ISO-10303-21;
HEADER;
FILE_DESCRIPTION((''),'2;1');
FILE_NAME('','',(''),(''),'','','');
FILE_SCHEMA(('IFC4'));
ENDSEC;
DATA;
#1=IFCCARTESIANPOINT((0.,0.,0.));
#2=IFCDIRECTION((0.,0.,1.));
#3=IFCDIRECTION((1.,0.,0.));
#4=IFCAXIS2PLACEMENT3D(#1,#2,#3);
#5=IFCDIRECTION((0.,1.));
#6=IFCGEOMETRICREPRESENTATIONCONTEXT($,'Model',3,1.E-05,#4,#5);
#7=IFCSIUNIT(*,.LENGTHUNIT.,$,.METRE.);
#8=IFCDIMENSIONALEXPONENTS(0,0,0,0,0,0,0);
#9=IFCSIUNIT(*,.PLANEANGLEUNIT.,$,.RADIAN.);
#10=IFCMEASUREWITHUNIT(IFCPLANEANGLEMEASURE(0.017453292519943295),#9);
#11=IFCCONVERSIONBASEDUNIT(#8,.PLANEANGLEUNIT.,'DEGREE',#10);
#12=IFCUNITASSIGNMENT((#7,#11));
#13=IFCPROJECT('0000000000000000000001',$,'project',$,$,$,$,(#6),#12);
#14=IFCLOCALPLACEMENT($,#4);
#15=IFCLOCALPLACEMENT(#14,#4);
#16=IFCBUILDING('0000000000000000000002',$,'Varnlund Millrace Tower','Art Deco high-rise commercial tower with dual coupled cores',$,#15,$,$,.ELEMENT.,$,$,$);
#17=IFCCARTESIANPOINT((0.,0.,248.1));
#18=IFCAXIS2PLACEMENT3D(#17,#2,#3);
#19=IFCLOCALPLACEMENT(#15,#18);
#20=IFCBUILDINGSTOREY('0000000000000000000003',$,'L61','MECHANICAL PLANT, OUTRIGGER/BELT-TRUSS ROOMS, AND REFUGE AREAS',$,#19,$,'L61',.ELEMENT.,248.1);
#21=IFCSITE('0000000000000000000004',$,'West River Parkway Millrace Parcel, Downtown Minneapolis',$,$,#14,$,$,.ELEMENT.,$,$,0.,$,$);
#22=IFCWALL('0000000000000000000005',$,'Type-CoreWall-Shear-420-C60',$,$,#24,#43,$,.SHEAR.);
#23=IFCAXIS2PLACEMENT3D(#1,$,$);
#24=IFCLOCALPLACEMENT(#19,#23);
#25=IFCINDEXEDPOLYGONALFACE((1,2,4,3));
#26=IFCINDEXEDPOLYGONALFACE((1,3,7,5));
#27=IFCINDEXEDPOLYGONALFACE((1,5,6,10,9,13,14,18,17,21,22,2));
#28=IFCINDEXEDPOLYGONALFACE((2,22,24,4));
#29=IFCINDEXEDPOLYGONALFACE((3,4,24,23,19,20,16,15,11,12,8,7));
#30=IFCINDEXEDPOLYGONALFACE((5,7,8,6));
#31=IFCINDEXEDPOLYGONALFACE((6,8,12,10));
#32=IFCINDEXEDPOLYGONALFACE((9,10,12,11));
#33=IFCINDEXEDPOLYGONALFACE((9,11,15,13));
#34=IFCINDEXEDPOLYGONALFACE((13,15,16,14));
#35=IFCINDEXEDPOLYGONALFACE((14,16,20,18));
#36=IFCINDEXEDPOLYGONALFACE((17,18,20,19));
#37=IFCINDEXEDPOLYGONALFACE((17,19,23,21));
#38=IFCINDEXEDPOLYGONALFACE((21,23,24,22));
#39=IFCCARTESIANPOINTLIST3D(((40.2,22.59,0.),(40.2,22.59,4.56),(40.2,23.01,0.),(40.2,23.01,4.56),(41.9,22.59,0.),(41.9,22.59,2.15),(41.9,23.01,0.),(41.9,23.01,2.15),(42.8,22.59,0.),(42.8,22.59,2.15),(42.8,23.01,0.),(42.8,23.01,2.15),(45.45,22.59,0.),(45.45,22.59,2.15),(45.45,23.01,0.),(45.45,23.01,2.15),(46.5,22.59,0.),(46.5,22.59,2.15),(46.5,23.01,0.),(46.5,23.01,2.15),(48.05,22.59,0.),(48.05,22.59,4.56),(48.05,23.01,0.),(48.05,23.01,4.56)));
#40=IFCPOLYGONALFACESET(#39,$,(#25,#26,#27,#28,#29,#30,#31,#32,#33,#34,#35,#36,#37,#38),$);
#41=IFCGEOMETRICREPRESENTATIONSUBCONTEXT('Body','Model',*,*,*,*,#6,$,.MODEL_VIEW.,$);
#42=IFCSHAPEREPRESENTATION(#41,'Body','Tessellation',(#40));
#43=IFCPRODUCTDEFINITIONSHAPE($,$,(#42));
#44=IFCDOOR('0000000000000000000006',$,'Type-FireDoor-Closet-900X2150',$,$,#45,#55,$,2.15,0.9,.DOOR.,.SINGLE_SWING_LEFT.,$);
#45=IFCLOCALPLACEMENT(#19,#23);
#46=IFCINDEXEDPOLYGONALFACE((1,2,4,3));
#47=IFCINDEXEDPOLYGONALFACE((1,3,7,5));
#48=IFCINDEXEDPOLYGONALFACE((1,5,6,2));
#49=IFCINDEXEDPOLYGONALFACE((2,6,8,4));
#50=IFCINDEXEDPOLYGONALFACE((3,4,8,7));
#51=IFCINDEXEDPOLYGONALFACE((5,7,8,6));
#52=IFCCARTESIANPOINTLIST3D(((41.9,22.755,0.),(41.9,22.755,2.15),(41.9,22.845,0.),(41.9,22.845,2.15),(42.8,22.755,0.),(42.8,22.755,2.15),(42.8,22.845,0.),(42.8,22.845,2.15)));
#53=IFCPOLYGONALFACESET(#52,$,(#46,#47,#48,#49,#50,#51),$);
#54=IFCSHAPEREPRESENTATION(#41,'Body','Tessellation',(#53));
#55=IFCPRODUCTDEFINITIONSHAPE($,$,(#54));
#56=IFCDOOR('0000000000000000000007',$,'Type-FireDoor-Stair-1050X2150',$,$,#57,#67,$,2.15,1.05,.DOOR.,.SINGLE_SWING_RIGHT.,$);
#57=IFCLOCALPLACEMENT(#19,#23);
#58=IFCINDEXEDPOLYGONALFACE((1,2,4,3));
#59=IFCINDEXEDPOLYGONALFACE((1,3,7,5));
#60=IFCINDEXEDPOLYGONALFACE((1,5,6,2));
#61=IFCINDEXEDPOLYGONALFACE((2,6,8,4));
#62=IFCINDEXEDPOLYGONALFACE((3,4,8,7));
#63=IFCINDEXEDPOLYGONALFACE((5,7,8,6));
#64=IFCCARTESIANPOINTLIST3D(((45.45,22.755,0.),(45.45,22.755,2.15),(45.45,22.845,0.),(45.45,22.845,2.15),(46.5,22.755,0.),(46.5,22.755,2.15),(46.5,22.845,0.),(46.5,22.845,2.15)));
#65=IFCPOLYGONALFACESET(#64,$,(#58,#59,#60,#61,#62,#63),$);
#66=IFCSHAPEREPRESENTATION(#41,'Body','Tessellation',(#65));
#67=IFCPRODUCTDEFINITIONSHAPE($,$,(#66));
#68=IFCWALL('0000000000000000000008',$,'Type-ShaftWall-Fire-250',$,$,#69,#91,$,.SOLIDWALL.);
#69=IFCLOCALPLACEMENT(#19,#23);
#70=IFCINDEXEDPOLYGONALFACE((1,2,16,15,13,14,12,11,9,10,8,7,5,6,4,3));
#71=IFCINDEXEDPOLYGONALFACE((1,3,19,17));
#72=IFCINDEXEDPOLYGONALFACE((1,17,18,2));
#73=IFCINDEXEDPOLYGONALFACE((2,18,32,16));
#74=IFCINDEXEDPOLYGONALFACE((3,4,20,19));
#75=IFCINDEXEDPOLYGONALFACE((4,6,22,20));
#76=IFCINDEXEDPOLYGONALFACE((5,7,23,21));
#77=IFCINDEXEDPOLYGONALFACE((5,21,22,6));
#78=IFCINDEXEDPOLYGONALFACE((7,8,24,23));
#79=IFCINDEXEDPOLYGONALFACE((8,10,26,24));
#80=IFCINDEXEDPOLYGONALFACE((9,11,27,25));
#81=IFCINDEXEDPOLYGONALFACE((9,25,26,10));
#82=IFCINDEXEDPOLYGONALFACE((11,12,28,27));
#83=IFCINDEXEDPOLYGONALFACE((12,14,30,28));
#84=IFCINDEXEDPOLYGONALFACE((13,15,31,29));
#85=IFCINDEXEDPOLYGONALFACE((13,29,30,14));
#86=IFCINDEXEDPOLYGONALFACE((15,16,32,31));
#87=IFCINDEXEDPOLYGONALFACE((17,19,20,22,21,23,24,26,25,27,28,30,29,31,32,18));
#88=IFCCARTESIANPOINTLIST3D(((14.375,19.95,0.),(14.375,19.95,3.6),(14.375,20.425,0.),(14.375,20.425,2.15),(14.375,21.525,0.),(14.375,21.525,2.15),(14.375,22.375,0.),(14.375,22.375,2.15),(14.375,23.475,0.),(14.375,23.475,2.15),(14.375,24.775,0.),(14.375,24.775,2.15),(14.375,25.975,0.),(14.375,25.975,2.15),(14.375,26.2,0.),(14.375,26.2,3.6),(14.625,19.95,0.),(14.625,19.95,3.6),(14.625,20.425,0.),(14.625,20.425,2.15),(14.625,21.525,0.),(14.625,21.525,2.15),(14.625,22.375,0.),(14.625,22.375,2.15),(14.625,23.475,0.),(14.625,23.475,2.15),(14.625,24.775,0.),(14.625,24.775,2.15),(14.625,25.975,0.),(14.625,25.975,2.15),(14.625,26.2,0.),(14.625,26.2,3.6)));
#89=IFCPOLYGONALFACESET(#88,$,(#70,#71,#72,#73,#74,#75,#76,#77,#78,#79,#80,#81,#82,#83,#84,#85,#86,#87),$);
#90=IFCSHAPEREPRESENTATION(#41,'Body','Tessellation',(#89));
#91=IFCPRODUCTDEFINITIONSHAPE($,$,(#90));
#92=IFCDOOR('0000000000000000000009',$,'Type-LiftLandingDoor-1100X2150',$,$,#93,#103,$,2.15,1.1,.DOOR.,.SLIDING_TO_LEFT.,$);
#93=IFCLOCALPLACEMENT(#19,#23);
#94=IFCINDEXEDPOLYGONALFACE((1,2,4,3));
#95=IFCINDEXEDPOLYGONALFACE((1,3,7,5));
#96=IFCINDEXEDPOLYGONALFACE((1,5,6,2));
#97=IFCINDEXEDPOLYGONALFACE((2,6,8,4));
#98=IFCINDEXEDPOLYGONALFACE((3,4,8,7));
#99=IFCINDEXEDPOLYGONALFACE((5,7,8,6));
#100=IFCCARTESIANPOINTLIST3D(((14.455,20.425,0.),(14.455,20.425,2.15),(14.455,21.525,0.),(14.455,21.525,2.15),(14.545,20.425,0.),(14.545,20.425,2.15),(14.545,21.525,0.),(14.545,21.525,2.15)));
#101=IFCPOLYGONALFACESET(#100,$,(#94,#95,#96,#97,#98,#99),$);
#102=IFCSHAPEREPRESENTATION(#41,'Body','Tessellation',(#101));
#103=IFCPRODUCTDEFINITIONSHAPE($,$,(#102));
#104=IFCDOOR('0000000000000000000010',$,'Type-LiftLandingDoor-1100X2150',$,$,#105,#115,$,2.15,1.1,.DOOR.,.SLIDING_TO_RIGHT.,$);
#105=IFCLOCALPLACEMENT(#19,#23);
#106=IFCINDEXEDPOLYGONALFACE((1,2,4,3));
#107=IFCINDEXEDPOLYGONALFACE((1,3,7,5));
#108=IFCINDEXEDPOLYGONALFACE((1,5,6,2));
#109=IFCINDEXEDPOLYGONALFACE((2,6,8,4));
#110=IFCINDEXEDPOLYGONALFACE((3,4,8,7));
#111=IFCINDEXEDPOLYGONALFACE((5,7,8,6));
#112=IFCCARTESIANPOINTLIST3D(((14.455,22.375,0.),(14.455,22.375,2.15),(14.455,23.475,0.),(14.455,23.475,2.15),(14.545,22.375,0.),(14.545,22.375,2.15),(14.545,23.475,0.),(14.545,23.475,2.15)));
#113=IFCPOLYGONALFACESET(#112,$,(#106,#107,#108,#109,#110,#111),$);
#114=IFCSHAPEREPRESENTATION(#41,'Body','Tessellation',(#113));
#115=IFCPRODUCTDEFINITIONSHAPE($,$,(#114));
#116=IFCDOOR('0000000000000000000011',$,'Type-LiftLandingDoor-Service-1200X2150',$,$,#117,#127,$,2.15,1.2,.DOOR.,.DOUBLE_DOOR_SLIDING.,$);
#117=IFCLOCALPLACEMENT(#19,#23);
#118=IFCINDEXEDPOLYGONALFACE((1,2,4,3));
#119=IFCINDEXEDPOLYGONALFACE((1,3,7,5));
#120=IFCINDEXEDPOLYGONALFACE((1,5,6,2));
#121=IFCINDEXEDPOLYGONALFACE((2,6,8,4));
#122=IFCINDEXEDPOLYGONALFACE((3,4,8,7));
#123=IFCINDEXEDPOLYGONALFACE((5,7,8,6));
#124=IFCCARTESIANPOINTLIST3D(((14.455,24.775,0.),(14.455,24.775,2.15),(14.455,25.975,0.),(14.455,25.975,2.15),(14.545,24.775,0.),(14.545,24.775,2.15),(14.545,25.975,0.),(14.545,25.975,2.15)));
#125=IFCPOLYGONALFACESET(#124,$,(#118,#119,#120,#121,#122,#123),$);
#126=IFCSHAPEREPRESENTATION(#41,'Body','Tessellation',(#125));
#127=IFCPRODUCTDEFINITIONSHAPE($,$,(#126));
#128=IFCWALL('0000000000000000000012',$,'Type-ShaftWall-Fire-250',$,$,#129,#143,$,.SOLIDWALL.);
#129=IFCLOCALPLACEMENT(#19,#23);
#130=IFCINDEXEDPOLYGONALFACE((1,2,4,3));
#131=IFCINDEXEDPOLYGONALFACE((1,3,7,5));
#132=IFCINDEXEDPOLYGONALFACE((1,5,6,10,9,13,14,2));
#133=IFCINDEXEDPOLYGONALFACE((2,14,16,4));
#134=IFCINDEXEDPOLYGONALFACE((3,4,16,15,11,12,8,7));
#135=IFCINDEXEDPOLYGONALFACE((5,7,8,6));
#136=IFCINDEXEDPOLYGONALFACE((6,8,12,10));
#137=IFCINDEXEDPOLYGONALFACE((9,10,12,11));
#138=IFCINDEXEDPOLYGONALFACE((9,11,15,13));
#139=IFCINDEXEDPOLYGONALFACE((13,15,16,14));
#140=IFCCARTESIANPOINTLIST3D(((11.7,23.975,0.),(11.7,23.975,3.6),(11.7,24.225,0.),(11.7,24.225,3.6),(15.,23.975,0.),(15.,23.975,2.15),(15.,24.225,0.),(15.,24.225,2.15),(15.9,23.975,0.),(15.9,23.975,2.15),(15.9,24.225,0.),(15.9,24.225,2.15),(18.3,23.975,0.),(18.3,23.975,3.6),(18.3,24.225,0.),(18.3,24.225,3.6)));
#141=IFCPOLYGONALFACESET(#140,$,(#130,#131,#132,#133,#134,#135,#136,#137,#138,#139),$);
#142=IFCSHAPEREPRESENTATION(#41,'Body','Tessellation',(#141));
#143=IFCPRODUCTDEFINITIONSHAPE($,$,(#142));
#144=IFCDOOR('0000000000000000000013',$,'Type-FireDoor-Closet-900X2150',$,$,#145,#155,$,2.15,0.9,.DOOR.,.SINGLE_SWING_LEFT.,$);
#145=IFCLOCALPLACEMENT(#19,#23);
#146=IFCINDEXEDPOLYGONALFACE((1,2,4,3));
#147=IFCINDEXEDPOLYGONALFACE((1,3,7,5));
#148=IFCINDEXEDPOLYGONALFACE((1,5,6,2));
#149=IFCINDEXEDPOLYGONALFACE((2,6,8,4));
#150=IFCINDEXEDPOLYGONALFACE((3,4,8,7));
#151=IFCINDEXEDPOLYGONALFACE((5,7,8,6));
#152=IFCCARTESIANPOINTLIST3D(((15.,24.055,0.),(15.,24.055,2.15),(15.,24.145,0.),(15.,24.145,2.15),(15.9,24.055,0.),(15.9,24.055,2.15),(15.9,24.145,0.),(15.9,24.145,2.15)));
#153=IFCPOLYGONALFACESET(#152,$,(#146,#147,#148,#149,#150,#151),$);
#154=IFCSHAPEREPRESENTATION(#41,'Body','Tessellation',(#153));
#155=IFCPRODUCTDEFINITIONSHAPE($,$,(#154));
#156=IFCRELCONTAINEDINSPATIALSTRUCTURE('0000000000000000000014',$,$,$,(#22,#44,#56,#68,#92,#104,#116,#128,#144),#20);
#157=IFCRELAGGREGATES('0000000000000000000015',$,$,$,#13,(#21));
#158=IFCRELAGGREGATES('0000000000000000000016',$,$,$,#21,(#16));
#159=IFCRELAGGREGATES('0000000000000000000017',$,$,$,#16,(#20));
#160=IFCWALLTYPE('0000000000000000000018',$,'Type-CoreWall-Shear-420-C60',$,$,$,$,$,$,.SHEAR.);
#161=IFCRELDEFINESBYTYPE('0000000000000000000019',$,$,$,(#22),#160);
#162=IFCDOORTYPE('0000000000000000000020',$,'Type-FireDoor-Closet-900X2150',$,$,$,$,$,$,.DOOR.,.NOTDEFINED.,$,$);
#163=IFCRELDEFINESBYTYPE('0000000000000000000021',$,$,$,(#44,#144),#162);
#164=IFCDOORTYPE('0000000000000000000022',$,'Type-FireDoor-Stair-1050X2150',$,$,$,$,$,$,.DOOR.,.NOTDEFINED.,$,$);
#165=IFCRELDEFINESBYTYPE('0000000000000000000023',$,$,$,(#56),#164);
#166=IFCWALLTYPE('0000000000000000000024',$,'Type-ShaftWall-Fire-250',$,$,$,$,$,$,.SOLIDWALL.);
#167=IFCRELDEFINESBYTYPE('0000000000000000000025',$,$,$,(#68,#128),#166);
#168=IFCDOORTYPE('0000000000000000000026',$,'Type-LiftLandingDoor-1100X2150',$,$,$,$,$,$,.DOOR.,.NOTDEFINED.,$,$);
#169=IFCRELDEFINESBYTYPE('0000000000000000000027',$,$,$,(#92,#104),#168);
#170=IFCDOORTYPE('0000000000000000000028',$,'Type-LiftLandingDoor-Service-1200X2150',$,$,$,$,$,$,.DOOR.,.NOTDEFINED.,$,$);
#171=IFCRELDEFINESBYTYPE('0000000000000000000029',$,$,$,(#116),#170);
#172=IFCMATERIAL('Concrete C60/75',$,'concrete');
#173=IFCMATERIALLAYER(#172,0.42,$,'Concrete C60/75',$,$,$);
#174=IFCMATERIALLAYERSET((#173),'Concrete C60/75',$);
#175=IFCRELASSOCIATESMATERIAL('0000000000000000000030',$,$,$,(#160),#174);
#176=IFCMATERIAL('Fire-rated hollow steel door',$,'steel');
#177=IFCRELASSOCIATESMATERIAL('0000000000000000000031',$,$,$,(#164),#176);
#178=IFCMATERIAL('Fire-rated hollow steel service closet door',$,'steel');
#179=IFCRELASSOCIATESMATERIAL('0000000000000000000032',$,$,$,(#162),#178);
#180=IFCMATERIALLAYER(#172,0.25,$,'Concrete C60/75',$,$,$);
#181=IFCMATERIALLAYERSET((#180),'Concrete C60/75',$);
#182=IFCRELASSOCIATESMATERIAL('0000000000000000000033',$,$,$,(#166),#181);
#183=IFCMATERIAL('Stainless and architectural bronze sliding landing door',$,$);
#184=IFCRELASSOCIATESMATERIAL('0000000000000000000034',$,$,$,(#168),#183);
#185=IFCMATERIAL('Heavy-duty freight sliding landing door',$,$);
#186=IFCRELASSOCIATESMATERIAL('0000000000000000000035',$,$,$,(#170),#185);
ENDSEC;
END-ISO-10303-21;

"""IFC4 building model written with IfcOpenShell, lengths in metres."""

from ifc_helpers import new_model, entity, si_unit, converted_unit, direction, frame, origin_with_axes, origin_2d_with_axis, place, context, subcontext, project, spatial, polyline, rectangle, outline, extrude, material, layer, layer_set, type_object, element, fill, save


model = new_model("IFC4")

# Units and contexts
model_context = context("Model", 3, precision=1e-05, world=origin_with_axes(), true_north=direction((0.0, 1.0)))
body_context = subcontext(model_context, "Body", "Model", "MODEL_VIEW")
ifc_project = project(units=[si_unit("LENGTHUNIT", "METRE"), converted_unit("PLANEANGLEUNIT", "DEGREE", entity("IfcPlaneAngleMeasure", 0.017453292519943295), si_unit("PLANEANGLEUNIT", "RADIAN"), dimensions=[0, 0, 0, 0, 0, 0, 0])], contexts=[model_context])

# Site, building, storey
site_placement = place(None, origin_with_axes())
site = spatial("IfcSite", under=ifc_project, at=site_placement, Name="West River Parkway Millrace Parcel, Downtown Minneapolis", CompositionType="ELEMENT", RefElevation=0.0)
building_placement = place(site_placement, origin_with_axes())
building = spatial("IfcBuilding", under=site, at=building_placement, Name="Varnlund Millrace Tower", Description="Art Deco high-rise commercial tower with dual coupled cores", CompositionType="ELEMENT")
storey_placement = place(building_placement, frame((0.0, 0.0, 248.1), z_axis=(0.0, 0.0, 1.0), x_axis=(1.0, 0.0, 0.0)))
storey = spatial("IfcBuildingStorey", under=building, at=storey_placement, Name="L61", Description="MECHANICAL PLANT, OUTRIGGER/BELT-TRUSS ROOMS, AND REFUGE AREAS", LongName="L61", CompositionType="ELEMENT", Elevation=248.1)

# Shared definitions
ifc_material_1 = material(Name="Concrete C60/75", Category="concrete")
ifc_layer_1 = layer(ifc_material_1, 0.42, Name="Concrete C60/75")
ifc_layer_set_1 = layer_set([ifc_layer_1], Name="Concrete C60/75")
wall_type_1 = type_object("IfcWallType", Name="Type-CoreWall-Shear-420-C60", PredefinedType="SHEAR", material=ifc_layer_set_1)
ifc_material_2 = material(Name="Fire-rated hollow steel door", Category="steel")
door_type_1 = type_object("IfcDoorType", Name="Type-FireDoor-Stair-1050X2150", OperationType="NOTDEFINED", PredefinedType="DOOR", material=ifc_material_2)

# Walls, openings, doors
wall_1_placement = place(storey_placement, frame((40.2, 22.8, 0.0), z_axis=(0.0, 0.0, 1.0), x_axis=(1.0, 0.0, 0.0)))
wall_1 = element("IfcWall", 1, at=wall_1_placement, inside=storey, type_object=wall_type_1, Name="Type-CoreWall-Shear-420-C60", PredefinedType="SHEAR", context=body_context, shape_type="SweptSolid", body=[
    extrude(outline(polyline([(0.0, -0.21), (7.85, -0.21), (7.85, 0.21), (0.0, 0.21), (0.0, -0.21)])), origin_with_axes(), (0.0, 0.0, 1.0), 4.56),
])
opening_1_placement = place(wall_1_placement, frame((5.775, 0.0, 0.0), z_axis=(0.0, 0.0, 1.0), x_axis=(1.0, 0.0, 0.0)))
opening_1 = element("IfcOpeningElement", 2, at=opening_1_placement, cuts=wall_1, PredefinedType="OPENING", context=body_context, shape_type="SweptSolid", body=[
    extrude(rectangle(XDim=1.05, YDim=0.44, at=origin_2d_with_axis()), origin_with_axes(), (0.0, 0.0, 1.0), 2.15),
])
opening_2_placement = place(wall_1_placement, frame((2.15, 0.0, 0.0), z_axis=(0.0, 0.0, 1.0), x_axis=(1.0, 0.0, 0.0)))
opening_2 = element("IfcOpeningElement", 3, at=opening_2_placement, cuts=wall_1, PredefinedType="OPENING", context=body_context, shape_type="SweptSolid", body=[
    extrude(rectangle(XDim=0.9, YDim=0.44, at=origin_2d_with_axis()), origin_with_axes(), (0.0, 0.0, 1.0), 2.15),
])
ifc_material_3 = material(Name="Fire-rated hollow steel service closet door", Category="steel")
door_type_2 = type_object("IfcDoorType", Name="Type-FireDoor-Closet-900X2150", OperationType="NOTDEFINED", PredefinedType="DOOR", material=ifc_material_3)
door_1_placement = place(wall_1_placement, frame((2.15, 0.0, 0.0), z_axis=(0.0, 0.0, 1.0), x_axis=(1.0, 0.0, 0.0)))
door_1 = element("IfcDoor", 4, at=door_1_placement, inside=storey, type_object=door_type_2, Name="Type-FireDoor-Closet-900X2150", OperationType="SINGLE_SWING_LEFT", OverallHeight=2.15, OverallWidth=0.9, PredefinedType="DOOR", context=body_context, shape_type="SweptSolid", body=[
    extrude(rectangle(XDim=0.9, YDim=0.09, at=origin_2d_with_axis()), origin_with_axes(), (0.0, 0.0, 1.0), 2.15),
])
fill(opening_2, door_1)
door_2_placement = place(wall_1_placement, frame((5.775, 0.0, 0.0), z_axis=(0.0, 0.0, 1.0), x_axis=(1.0, 0.0, 0.0)))
door_2 = element("IfcDoor", 5, at=door_2_placement, inside=storey, type_object=door_type_1, Name="Type-FireDoor-Stair-1050X2150", OperationType="SINGLE_SWING_RIGHT", OverallHeight=2.15, OverallWidth=1.05, PredefinedType="DOOR", context=body_context, shape_type="SweptSolid", body=[
    extrude(rectangle(XDim=1.05, YDim=0.09, at=origin_2d_with_axis()), origin_with_axes(), (0.0, 0.0, 1.0), 2.15),
])
fill(opening_1, door_2)
ifc_layer_2 = layer(ifc_material_1, 0.25, Name="Concrete C60/75")
ifc_layer_set_2 = layer_set([ifc_layer_2], Name="Concrete C60/75")
wall_type_2 = type_object("IfcWallType", Name="Type-ShaftWall-Fire-250", PredefinedType="SOLIDWALL", material=ifc_layer_set_2)
wall_2_placement = place(storey_placement, frame((14.5, 19.95, 0.0), z_axis=(0.0, 0.0, 1.0), x_axis=(0.0, 1.0, 0.0)))
wall_2 = element("IfcWall", 6, at=wall_2_placement, inside=storey, type_object=wall_type_2, Name="Type-ShaftWall-Fire-250", PredefinedType="SOLIDWALL", context=body_context, shape_type="SweptSolid", body=[
    extrude(outline(polyline([(0.0, -0.125), (6.25, -0.125), (6.25, 0.125), (0.0, 0.125), (0.0, -0.125)])), origin_with_axes(), (0.0, 0.0, 1.0), 3.6),
])
opening_3_placement = place(wall_2_placement, frame((1.025, 0.0, 0.0), z_axis=(0.0, 0.0, 1.0), x_axis=(1.0, 0.0, 0.0)))
opening_3 = element("IfcOpeningElement", 7, at=opening_3_placement, cuts=wall_2, PredefinedType="OPENING", context=body_context, shape_type="SweptSolid", body=[
    extrude(rectangle(XDim=1.1, YDim=0.27, at=origin_2d_with_axis()), origin_with_axes(), (0.0, 0.0, 1.0), 2.15),
])
opening_4_placement = place(wall_2_placement, frame((2.975, 0.0, 0.0), z_axis=(0.0, 0.0, 1.0), x_axis=(1.0, 0.0, 0.0)))
opening_4 = element("IfcOpeningElement", 8, at=opening_4_placement, cuts=wall_2, PredefinedType="OPENING", context=body_context, shape_type="SweptSolid", body=[
    extrude(rectangle(XDim=1.1, YDim=0.27, at=origin_2d_with_axis()), origin_with_axes(), (0.0, 0.0, 1.0), 2.15),
])
opening_5_placement = place(wall_2_placement, frame((5.425, 0.0, 0.0), z_axis=(0.0, 0.0, 1.0), x_axis=(1.0, 0.0, 0.0)))
opening_5 = element("IfcOpeningElement", 9, at=opening_5_placement, cuts=wall_2, PredefinedType="OPENING", context=body_context, shape_type="SweptSolid", body=[
    extrude(rectangle(XDim=1.2, YDim=0.27, at=origin_2d_with_axis()), origin_with_axes(), (0.0, 0.0, 1.0), 2.15),
])
ifc_material_4 = material(Name="Stainless and architectural bronze sliding landing door")
door_type_3 = type_object("IfcDoorType", Name="Type-LiftLandingDoor-1100X2150", OperationType="NOTDEFINED", PredefinedType="DOOR", material=ifc_material_4)
door_3_placement = place(wall_2_placement, frame((1.025, 0.0, 0.0), z_axis=(0.0, 0.0, 1.0), x_axis=(1.0, 0.0, 0.0)))
door_3 = element("IfcDoor", 10, at=door_3_placement, inside=storey, type_object=door_type_3, Name="Type-LiftLandingDoor-1100X2150", OperationType="SLIDING_TO_LEFT", OverallHeight=2.15, OverallWidth=1.1, PredefinedType="DOOR", context=body_context, shape_type="SweptSolid", body=[
    extrude(rectangle(XDim=1.1, YDim=0.09, at=origin_2d_with_axis()), origin_with_axes(), (0.0, 0.0, 1.0), 2.15),
])
fill(opening_3, door_3)
door_4_placement = place(wall_2_placement, frame((2.975, 0.0, 0.0), z_axis=(0.0, 0.0, 1.0), x_axis=(1.0, 0.0, 0.0)))
door_4 = element("IfcDoor", 11, at=door_4_placement, inside=storey, type_object=door_type_3, Name="Type-LiftLandingDoor-1100X2150", OperationType="SLIDING_TO_RIGHT", OverallHeight=2.15, OverallWidth=1.1, PredefinedType="DOOR", context=body_context, shape_type="SweptSolid", body=[
    extrude(rectangle(XDim=1.1, YDim=0.09, at=origin_2d_with_axis()), origin_with_axes(), (0.0, 0.0, 1.0), 2.15),
])
fill(opening_4, door_4)
ifc_material_5 = material(Name="Heavy-duty freight sliding landing door")
door_type_4 = type_object("IfcDoorType", Name="Type-LiftLandingDoor-Service-1200X2150", OperationType="NOTDEFINED", PredefinedType="DOOR", material=ifc_material_5)
door_5_placement = place(wall_2_placement, frame((5.425, 0.0, 0.0), z_axis=(0.0, 0.0, 1.0), x_axis=(1.0, 0.0, 0.0)))
door_5 = element("IfcDoor", 12, at=door_5_placement, inside=storey, type_object=door_type_4, Name="Type-LiftLandingDoor-Service-1200X2150", OperationType="DOUBLE_DOOR_SLIDING", OverallHeight=2.15, OverallWidth=1.2, PredefinedType="DOOR", context=body_context, shape_type="SweptSolid", body=[
    extrude(rectangle(XDim=1.2, YDim=0.09, at=origin_2d_with_axis()), origin_with_axes(), (0.0, 0.0, 1.0), 2.15),
])
fill(opening_5, door_5)

# Wall, opening, door
wall_3_placement = place(storey_placement, frame((11.7, 24.1, 0.0), z_axis=(0.0, 0.0, 1.0), x_axis=(1.0, 0.0, 0.0)))
wall_3 = element("IfcWall", 13, at=wall_3_placement, inside=storey, type_object=wall_type_2, Name="Type-ShaftWall-Fire-250", PredefinedType="SOLIDWALL", context=body_context, shape_type="SweptSolid", body=[
    extrude(outline(polyline([(0.0, -0.125), (6.6, -0.125), (6.6, 0.125), (0.0, 0.125), (0.0, -0.125)])), origin_with_axes(), (0.0, 0.0, 1.0), 3.6),
])
opening_6_placement = place(wall_3_placement, frame((3.75, 0.0, 0.0), z_axis=(0.0, 0.0, 1.0), x_axis=(1.0, 0.0, 0.0)))
opening_6 = element("IfcOpeningElement", 14, at=opening_6_placement, cuts=wall_3, PredefinedType="OPENING", context=body_context, shape_type="SweptSolid", body=[
    extrude(rectangle(XDim=0.9, YDim=0.27, at=origin_2d_with_axis()), origin_with_axes(), (0.0, 0.0, 1.0), 2.15),
])
door_6_placement = place(wall_3_placement, frame((3.75, 0.0, 0.0), z_axis=(0.0, 0.0, 1.0), x_axis=(1.0, 0.0, 0.0)))
door_6 = element("IfcDoor", 15, at=door_6_placement, inside=storey, type_object=door_type_2, Name="Type-FireDoor-Closet-900X2150", OperationType="SINGLE_SWING_LEFT", OverallHeight=2.15, OverallWidth=0.9, PredefinedType="DOOR", context=body_context, shape_type="SweptSolid", body=[
    extrude(rectangle(XDim=0.9, YDim=0.09, at=origin_2d_with_axis()), origin_with_axes(), (0.0, 0.0, 1.0), 2.15),
])
fill(opening_6, door_6)

save(model, "model.ifc")
